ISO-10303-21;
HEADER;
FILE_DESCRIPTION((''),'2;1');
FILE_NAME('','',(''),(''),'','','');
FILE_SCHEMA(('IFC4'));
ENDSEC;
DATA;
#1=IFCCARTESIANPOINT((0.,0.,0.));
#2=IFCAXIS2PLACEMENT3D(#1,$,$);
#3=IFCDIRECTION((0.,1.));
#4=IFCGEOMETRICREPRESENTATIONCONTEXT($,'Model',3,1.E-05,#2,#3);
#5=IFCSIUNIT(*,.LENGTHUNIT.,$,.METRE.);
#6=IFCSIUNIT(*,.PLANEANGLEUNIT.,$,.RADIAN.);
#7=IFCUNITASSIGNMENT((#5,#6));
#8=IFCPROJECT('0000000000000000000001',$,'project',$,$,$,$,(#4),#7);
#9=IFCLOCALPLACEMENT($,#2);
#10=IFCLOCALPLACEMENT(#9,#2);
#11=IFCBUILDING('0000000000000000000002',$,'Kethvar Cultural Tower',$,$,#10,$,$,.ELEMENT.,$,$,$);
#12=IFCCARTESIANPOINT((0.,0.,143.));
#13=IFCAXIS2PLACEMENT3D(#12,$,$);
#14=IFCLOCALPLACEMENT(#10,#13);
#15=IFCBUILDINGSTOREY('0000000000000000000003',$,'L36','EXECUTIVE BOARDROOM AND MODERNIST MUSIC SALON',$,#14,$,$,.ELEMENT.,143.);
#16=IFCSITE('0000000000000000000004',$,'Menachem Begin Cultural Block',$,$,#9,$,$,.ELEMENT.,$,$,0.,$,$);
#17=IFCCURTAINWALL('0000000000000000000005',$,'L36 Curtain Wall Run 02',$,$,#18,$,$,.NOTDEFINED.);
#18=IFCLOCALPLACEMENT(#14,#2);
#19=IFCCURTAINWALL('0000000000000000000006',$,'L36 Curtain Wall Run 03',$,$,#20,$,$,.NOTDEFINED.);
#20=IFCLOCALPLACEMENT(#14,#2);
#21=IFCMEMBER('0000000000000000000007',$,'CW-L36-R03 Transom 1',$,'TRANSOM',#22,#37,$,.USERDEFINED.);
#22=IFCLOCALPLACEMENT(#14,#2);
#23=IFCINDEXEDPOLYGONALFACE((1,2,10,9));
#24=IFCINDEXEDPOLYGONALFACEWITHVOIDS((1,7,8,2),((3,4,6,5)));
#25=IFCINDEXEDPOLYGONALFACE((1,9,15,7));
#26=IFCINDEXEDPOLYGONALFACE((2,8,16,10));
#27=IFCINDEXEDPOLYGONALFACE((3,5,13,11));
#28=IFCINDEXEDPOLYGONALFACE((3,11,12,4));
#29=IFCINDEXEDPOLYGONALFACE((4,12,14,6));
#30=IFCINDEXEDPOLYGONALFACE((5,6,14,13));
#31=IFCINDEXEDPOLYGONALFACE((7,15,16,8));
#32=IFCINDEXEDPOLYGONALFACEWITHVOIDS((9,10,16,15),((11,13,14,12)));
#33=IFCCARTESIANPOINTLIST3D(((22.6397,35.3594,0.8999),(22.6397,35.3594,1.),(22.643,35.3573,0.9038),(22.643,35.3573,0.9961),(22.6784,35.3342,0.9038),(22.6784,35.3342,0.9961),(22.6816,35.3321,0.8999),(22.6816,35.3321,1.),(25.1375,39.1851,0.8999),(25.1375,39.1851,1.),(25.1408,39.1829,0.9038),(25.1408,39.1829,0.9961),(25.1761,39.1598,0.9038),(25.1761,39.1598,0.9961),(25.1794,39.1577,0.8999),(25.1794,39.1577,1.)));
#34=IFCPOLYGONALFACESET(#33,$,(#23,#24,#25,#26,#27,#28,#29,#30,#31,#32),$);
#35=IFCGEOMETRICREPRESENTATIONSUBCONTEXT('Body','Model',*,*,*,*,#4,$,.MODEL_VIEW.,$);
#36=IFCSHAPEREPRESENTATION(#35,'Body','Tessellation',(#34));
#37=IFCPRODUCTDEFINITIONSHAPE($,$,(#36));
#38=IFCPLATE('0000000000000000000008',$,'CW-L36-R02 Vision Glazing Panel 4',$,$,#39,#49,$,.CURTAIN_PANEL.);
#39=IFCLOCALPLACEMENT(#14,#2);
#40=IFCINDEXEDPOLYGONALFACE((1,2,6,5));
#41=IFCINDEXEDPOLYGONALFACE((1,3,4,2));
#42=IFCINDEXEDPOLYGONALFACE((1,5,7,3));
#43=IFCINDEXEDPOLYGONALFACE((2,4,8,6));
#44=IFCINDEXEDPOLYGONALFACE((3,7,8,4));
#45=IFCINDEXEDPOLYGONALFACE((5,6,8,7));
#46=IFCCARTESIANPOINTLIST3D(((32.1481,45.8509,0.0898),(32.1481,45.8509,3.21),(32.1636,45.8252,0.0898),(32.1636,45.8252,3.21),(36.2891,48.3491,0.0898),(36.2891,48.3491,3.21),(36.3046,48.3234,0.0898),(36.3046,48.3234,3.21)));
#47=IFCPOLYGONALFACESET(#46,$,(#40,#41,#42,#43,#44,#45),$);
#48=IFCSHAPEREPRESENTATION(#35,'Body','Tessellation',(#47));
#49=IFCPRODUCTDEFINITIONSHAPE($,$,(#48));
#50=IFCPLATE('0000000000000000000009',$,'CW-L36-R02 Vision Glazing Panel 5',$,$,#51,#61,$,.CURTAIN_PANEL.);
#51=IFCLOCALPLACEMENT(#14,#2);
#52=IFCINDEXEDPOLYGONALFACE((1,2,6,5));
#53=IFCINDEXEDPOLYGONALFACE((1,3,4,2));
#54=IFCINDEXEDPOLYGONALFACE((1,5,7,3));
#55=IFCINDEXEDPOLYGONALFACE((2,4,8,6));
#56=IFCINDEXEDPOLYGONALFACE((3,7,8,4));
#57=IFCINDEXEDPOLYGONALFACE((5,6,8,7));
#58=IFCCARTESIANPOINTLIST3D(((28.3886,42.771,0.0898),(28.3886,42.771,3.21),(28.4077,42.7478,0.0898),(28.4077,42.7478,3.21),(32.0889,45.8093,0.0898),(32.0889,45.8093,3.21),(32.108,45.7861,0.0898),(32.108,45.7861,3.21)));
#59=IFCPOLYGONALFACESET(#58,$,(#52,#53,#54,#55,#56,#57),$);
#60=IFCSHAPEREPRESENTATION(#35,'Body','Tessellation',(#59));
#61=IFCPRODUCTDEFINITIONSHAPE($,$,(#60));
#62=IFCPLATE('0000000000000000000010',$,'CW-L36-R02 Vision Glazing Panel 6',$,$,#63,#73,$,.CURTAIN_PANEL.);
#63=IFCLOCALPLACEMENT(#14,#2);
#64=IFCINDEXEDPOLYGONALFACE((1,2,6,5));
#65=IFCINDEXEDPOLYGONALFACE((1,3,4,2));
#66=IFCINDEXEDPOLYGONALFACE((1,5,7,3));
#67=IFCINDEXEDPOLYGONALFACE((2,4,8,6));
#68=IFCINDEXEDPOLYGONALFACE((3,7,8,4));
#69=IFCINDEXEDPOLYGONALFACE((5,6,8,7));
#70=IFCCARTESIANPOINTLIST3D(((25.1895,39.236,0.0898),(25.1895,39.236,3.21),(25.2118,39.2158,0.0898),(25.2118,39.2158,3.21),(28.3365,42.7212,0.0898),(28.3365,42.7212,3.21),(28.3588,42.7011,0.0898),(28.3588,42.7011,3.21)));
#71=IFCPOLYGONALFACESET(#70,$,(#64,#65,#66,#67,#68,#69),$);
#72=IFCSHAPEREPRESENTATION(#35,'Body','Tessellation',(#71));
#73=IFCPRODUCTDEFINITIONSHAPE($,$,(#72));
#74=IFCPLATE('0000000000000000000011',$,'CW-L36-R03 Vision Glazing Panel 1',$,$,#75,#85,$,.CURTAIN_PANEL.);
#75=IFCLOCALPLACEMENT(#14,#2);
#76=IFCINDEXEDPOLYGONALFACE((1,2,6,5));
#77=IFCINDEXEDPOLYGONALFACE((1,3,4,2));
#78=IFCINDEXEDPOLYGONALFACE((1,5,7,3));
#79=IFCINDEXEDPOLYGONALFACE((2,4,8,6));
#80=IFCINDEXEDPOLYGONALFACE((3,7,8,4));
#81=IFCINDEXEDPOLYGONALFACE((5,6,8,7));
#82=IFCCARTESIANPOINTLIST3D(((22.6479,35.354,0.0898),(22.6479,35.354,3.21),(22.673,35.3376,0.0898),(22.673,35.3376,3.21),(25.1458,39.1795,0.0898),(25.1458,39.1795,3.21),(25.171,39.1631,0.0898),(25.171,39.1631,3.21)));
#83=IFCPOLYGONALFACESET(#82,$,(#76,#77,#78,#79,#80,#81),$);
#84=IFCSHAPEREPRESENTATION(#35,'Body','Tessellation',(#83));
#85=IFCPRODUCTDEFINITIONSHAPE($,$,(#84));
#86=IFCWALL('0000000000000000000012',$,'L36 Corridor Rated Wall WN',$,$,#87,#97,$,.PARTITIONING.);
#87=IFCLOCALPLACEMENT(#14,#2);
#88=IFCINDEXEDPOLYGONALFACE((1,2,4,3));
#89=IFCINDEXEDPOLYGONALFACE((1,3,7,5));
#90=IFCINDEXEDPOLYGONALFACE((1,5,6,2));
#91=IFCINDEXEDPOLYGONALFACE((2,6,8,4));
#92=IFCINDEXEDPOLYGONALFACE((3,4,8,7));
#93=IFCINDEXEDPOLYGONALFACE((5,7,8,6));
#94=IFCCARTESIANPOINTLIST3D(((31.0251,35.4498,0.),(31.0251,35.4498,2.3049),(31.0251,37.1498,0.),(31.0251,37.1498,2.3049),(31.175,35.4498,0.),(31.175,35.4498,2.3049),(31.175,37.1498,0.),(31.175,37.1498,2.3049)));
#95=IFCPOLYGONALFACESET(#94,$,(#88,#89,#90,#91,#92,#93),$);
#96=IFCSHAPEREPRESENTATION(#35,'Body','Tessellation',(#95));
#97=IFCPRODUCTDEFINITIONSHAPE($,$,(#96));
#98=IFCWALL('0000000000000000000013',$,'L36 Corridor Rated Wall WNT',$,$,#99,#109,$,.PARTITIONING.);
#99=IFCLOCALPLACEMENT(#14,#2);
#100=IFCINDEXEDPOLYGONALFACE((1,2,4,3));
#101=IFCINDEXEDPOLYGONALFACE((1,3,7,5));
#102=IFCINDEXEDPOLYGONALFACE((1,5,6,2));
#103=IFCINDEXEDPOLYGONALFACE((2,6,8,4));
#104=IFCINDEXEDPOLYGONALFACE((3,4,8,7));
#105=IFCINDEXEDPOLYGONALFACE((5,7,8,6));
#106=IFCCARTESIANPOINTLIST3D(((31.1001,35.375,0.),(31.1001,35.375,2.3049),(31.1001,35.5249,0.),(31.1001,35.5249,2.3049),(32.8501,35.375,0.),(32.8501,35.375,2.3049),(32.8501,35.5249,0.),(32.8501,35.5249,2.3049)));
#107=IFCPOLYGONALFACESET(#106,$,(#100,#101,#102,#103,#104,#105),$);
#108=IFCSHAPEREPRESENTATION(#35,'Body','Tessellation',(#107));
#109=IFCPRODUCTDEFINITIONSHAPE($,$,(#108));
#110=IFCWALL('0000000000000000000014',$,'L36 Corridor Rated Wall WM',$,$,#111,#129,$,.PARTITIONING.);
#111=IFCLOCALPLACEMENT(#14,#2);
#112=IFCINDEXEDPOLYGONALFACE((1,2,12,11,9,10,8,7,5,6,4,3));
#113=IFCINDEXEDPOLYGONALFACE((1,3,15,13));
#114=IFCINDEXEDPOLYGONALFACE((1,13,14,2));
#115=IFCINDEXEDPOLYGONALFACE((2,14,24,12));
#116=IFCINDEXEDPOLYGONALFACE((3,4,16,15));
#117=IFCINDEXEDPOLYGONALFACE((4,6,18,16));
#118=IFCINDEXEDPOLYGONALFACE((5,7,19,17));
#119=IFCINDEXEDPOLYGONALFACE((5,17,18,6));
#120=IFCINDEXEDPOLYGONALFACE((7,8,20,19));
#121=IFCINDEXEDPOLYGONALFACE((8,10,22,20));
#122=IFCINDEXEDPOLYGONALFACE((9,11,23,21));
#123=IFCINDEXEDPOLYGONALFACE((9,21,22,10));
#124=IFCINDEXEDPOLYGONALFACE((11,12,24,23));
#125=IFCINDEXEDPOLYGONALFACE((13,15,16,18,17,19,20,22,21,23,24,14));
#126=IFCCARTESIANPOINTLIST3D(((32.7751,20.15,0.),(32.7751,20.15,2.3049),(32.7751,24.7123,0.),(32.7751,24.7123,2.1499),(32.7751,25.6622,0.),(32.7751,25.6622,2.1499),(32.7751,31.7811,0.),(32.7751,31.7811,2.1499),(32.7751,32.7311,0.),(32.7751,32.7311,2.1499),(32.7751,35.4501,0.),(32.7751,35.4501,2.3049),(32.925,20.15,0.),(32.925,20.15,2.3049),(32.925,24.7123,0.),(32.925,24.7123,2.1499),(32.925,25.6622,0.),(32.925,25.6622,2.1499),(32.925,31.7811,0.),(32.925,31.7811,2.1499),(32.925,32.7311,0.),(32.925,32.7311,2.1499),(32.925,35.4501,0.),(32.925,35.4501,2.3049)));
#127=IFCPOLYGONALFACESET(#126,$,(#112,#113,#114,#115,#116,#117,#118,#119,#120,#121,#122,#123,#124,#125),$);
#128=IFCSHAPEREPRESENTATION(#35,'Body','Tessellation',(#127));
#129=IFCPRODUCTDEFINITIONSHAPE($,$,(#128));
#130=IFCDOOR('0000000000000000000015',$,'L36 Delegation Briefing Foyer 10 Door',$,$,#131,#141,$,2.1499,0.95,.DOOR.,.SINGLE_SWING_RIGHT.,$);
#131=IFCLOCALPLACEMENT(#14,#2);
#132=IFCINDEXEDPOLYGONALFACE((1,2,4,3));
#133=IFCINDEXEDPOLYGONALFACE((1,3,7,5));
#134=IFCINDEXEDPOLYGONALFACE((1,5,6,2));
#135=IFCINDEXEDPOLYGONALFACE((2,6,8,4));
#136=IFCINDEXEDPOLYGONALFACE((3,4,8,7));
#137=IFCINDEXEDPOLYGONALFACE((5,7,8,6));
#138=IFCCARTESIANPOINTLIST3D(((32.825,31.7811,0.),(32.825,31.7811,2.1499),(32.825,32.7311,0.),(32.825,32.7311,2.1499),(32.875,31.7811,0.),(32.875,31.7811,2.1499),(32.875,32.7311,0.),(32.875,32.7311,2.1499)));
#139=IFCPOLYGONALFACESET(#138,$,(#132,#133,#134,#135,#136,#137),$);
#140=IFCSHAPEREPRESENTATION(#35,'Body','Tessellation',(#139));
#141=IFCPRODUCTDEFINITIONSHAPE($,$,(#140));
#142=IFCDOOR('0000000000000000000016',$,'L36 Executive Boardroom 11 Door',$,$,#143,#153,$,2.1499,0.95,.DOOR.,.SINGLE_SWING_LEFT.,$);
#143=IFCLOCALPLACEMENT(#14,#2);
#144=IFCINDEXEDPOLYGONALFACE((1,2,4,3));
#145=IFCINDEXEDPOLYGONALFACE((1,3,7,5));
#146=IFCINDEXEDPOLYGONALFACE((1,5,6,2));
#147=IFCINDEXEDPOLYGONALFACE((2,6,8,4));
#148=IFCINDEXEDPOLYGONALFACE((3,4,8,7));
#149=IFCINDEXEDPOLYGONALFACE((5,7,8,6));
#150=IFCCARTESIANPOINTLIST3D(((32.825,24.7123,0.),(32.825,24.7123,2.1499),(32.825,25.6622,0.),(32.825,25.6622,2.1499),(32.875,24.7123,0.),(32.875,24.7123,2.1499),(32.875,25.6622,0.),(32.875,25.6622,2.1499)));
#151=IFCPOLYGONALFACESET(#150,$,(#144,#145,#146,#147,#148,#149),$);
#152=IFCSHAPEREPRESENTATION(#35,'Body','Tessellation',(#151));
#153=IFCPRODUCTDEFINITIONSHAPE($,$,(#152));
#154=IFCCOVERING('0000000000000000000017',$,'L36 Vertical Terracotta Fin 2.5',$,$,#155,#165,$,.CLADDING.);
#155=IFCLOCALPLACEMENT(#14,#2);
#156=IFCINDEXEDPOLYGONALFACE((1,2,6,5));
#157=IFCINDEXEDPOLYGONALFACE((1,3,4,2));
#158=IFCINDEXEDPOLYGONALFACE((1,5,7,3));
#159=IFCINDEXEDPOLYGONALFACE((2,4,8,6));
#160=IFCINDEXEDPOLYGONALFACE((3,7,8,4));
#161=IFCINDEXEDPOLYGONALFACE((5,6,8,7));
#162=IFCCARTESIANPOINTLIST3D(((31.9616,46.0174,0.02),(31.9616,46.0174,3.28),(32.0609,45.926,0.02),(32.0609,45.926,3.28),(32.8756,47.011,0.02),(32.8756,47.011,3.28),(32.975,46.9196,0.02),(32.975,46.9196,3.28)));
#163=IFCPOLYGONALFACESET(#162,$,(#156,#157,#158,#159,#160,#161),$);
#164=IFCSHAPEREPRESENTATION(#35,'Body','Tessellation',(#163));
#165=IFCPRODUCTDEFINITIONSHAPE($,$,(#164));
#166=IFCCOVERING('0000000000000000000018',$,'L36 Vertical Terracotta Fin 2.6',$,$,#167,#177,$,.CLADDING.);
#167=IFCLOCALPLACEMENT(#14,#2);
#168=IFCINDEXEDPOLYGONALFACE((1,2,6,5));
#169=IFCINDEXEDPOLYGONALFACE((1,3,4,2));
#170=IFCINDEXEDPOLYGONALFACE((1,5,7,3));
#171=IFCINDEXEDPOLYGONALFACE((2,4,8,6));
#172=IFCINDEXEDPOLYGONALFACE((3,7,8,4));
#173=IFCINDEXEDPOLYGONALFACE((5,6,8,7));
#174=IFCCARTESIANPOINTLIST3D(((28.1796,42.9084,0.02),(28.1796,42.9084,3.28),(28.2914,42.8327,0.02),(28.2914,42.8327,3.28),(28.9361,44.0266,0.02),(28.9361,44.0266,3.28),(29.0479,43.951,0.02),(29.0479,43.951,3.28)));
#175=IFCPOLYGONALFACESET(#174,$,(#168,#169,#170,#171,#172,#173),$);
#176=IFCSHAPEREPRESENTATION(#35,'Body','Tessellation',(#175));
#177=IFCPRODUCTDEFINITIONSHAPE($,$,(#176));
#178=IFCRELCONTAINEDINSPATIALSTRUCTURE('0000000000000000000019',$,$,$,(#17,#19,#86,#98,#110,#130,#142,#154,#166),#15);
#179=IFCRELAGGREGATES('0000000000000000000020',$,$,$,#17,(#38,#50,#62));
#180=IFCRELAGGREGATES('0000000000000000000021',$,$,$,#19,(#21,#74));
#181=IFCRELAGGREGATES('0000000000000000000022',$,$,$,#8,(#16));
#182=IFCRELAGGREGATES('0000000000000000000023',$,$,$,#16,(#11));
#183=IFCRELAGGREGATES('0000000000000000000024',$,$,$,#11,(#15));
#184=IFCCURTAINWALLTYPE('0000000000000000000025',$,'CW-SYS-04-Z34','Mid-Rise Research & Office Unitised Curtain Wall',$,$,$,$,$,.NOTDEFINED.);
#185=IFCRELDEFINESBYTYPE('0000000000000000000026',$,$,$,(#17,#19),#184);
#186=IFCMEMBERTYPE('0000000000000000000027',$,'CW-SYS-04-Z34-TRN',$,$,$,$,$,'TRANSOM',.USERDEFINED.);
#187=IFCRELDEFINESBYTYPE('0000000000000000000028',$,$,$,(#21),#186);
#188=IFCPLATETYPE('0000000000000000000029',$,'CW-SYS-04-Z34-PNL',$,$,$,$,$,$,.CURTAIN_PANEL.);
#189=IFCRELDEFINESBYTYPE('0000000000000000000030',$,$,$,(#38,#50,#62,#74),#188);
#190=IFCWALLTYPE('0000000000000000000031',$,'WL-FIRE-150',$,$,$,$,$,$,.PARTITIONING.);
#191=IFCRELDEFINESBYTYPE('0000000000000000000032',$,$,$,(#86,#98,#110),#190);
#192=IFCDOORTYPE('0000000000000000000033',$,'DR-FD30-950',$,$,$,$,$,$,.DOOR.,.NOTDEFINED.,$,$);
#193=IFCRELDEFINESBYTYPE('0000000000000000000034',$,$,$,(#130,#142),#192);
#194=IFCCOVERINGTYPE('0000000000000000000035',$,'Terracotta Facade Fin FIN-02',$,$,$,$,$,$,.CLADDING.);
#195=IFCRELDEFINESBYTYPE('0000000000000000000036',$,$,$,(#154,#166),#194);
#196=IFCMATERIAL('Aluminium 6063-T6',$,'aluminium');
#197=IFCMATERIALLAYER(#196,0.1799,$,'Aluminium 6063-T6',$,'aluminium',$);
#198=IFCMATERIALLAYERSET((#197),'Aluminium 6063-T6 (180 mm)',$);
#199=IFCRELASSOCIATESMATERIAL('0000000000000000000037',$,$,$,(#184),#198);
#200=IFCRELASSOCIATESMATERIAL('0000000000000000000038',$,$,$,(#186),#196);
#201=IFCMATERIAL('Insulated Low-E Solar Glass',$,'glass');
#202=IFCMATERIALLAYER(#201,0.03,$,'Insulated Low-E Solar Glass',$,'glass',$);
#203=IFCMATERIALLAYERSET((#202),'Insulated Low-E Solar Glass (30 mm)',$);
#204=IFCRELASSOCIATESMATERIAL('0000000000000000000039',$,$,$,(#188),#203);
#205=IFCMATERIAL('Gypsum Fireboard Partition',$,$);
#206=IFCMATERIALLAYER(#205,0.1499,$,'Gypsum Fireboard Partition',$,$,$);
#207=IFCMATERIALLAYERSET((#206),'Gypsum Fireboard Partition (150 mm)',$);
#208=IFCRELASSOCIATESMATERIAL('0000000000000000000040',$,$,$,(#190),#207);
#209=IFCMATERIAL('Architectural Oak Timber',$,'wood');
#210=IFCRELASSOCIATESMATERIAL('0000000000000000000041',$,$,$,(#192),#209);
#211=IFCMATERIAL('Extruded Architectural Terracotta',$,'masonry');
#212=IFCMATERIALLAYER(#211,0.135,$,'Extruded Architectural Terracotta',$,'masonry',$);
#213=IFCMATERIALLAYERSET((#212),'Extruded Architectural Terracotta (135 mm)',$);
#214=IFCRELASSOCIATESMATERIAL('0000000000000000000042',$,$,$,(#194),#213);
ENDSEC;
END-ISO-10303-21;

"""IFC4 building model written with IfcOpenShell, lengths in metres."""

from ifc_helpers import new_model, si_unit, direction, frame, frame_2d, origin, origin_2d, place, context, subcontext, project, spatial, rectangle, hollow_rectangle, extrude, source, transform, mapped, material, layer, layer_set, material_profile, profile_set, type_object, element, fill, aggregate, save


model = new_model("IFC4")

# Units and contexts
model_context = context("Model", 3, precision=1e-05, world=origin(), true_north=direction((0.0, 1.0)))
body_context = subcontext(model_context, "Body", "Model", "MODEL_VIEW")
ifc_project = project(units=[si_unit("LENGTHUNIT", "METRE"), si_unit("PLANEANGLEUNIT", "RADIAN")], contexts=[model_context])

# Site, building, storey
site_placement = place(None, origin())
site = spatial("IfcSite", under=ifc_project, at=site_placement, Name="Menachem Begin Cultural Block", CompositionType="ELEMENT", RefElevation=0.0)
building_placement = place(site_placement, origin())
building = spatial("IfcBuilding", under=site, at=building_placement, Name="Kethvar Cultural Tower", CompositionType="ELEMENT")
storey_placement = place(building_placement, frame((0.0, 0.0, 143.0)))
storey = spatial("IfcBuildingStorey", under=building, at=storey_placement, Name="L36", Description="EXECUTIVE BOARDROOM AND MODERNIST MUSIC SALON", CompositionType="ELEMENT", Elevation=143.0)

# Curtain walls
ifc_material_1 = material(Name="Aluminium 6063-T6", Category="aluminium")
ifc_layer_1 = layer(ifc_material_1, 0.1799, Name="Aluminium 6063-T6", Category="aluminium")
ifc_layer_set_1 = layer_set([ifc_layer_1], Name="Aluminium 6063-T6 (180 mm)")
curtain_wall_type = type_object("IfcCurtainWallType", Name="CW-SYS-04-Z34", Description="Mid-Rise Research & Office Unitised Curtain Wall", PredefinedType="NOTDEFINED", material=ifc_layer_set_1)
curtain_wall_1_placement = place(storey_placement, origin())
curtain_wall_1 = element("IfcCurtainWall", 1, at=curtain_wall_1_placement, inside=storey, type_object=curtain_wall_type, Name="L36 Curtain Wall Run 02", PredefinedType="NOTDEFINED")
curtain_wall_2_placement = place(storey_placement, origin())
curtain_wall_2 = element("IfcCurtainWall", 2, at=curtain_wall_2_placement, inside=storey, type_object=curtain_wall_type, Name="L36 Curtain Wall Run 03", PredefinedType="NOTDEFINED")

# Member
ifc_material_profile_1 = material_profile(ifc_material_1, hollow_rectangle(XDim=0.05, YDim=0.1001, WallThickness=0.0039, at=origin_2d()), Name="Aluminium 6063-T6 — RHS100x50x4")
ifc_profile_set_1 = profile_set([ifc_material_profile_1], Name="Aluminium 6063-T6 — RHS100x50x4")
member_type_1 = type_object("IfcMemberType", Name="CW-SYS-04-Z34-TRN", ElementType="TRANSOM", PredefinedType="USERDEFINED", material=ifc_profile_set_1)
shared_shape_1 = source(origin(), body_context, "Body", "SweptSolid", [
    extrude(hollow_rectangle(XDim=0.05, YDim=0.1001, WallThickness=0.0039, at=origin_2d()), origin(), (0.0, 0.0, 1.0), 4.5688),
])
member_1_placement = place(storey_placement, frame((25.1584, 39.1714, 0.95), z_axis=(-0.546696, -0.837331, 0.0), x_axis=(0.837331, -0.546696, 0.0)))
member_1 = element("IfcMember", 3, at=member_1_placement, type_object=member_type_1, Name="CW-L36-R03 Transom 1", ObjectType="TRANSOM", PredefinedType="USERDEFINED", context=body_context, shape_type="MappedRepresentation", body=[
    mapped(shared_shape_1, transform((0.0, 0.0, 0.0), scale=1.0)),
])

# Plates
ifc_material_2 = material(Name="Insulated Low-E Solar Glass", Category="glass")
ifc_layer_2 = layer(ifc_material_2, 0.03, Name="Insulated Low-E Solar Glass", Category="glass")
ifc_layer_set_2 = layer_set([ifc_layer_2], Name="Insulated Low-E Solar Glass (30 mm)")
plate_type = type_object("IfcPlateType", Name="CW-SYS-04-Z34-PNL", PredefinedType="CURTAIN_PANEL", material=ifc_layer_set_2)
shared_shape_2 = source(origin(), body_context, "Body", "SweptSolid", [
    extrude(rectangle(XDim=4.8362, YDim=0.03, at=origin_2d()), origin(), (0.0, 0.0, 1.0), 3.1201),
])
plate_1_placement = place(storey_placement, frame((34.2263, 47.0872, 0.0898), z_axis=(0.0, 0.0, 1.0), x_axis=(-0.856249, -0.516563, 0.0)))
plate_1 = element("IfcPlate", 4, at=plate_1_placement, type_object=plate_type, Name="CW-L36-R02 Vision Glazing Panel 4", PredefinedType="CURTAIN_PANEL", context=body_context, shape_type="MappedRepresentation", body=[
    mapped(shared_shape_2, transform((0.0, 0.0, 0.0), scale=1.0)),
])
shared_shape_3 = source(origin(), body_context, "Body", "SweptSolid", [
    extrude(rectangle(XDim=4.7878, YDim=0.03, at=origin_2d()), origin(), (0.0, 0.0, 1.0), 3.1201),
])
plate_2_placement = place(storey_placement, frame((30.2483, 44.2786, 0.0898), z_axis=(0.0, 0.0, 1.0), x_axis=(-0.772855, -0.634582, 0.0)))
plate_2 = element("IfcPlate", 5, at=plate_2_placement, type_object=plate_type, Name="CW-L36-R02 Vision Glazing Panel 5", PredefinedType="CURTAIN_PANEL", context=body_context, shape_type="MappedRepresentation", body=[
    mapped(shared_shape_3, transform((0.0, 0.0, 0.0), scale=1.0)),
])
shared_shape_4 = source(origin(), body_context, "Body", "SweptSolid", [
    extrude(rectangle(XDim=4.6958, YDim=0.03, at=origin_2d()), origin(), (0.0, 0.0, 1.0), 3.1201),
])
plate_3_placement = place(storey_placement, frame((26.7742, 40.9685, 0.0898), z_axis=(0.0, 0.0, 1.0), x_axis=(-0.670181, -0.742198, 0.0)))
plate_3 = element("IfcPlate", 6, at=plate_3_placement, type_object=plate_type, Name="CW-L36-R02 Vision Glazing Panel 6", PredefinedType="CURTAIN_PANEL", context=body_context, shape_type="MappedRepresentation", body=[
    mapped(shared_shape_4, transform((0.0, 0.0, 0.0), scale=1.0)),
])
aggregate(curtain_wall_1, [plate_1, plate_2, plate_3])
shared_shape_5 = source(origin(), body_context, "Body", "SweptSolid", [
    extrude(rectangle(XDim=4.5688, YDim=0.03, at=origin_2d()), origin(), (0.0, 0.0, 1.0), 3.1201),
])
plate_4_placement = place(storey_placement, frame((23.9094, 37.2585, 0.0898), z_axis=(0.0, 0.0, 1.0), x_axis=(-0.546731, -0.837309, 0.0)))
plate_4 = element("IfcPlate", 7, at=plate_4_placement, type_object=plate_type, Name="CW-L36-R03 Vision Glazing Panel 1", PredefinedType="CURTAIN_PANEL", context=body_context, shape_type="MappedRepresentation", body=[
    mapped(shared_shape_5, transform((0.0, 0.0, 0.0), scale=1.0)),
])
aggregate(curtain_wall_2, [member_1, plate_4])

# Walls
ifc_material_3 = material(Name="Gypsum Fireboard Partition")
ifc_layer_3 = layer(ifc_material_3, 0.1499, Name="Gypsum Fireboard Partition")
ifc_layer_set_3 = layer_set([ifc_layer_3], Name="Gypsum Fireboard Partition (150 mm)")
wall_type = type_object("IfcWallType", Name="WL-FIRE-150", PredefinedType="PARTITIONING", material=ifc_layer_set_3)
wall_1_placement = place(storey_placement, frame((31.1001, 37.1499, 0.0), z_axis=(0.0, 0.0, 1.0), x_axis=(0.0, -1.0, 0.0)))
element("IfcWall", 8, at=wall_1_placement, inside=storey, type_object=wall_type, Name="L36 Corridor Rated Wall WN", PredefinedType="PARTITIONING", context=body_context, shape_type="SweptSolid", body=[
    extrude(rectangle(XDim=1.7, YDim=0.1499, at=frame_2d((0.8501, 0.0))), origin(), (0.0, 0.0, 1.0), 2.3049),
])
wall_2_placement = place(storey_placement, frame((31.1001, 35.45, 0.0), z_axis=(0.0, 0.0, 1.0), x_axis=(1.0, 0.0, 0.0)))
element("IfcWall", 9, at=wall_2_placement, inside=storey, type_object=wall_type, Name="L36 Corridor Rated Wall WNT", PredefinedType="PARTITIONING", context=body_context, shape_type="SweptSolid", body=[
    extrude(rectangle(XDim=1.75, YDim=0.1499, at=frame_2d((0.875, 0.0))), origin(), (0.0, 0.0, 1.0), 2.3049),
])

# Wall, openings, doors
wall_3_placement = place(storey_placement, frame((32.8501, 35.45, 0.0), z_axis=(0.0, 0.0, 1.0), x_axis=(0.0, -1.0, 0.0)))
wall_3 = element("IfcWall", 10, at=wall_3_placement, inside=storey, type_object=wall_type, Name="L36 Corridor Rated Wall WM", PredefinedType="PARTITIONING", context=body_context, shape_type="SweptSolid", body=[
    extrude(rectangle(XDim=15.3, YDim=0.1499, at=frame_2d((7.6499, 0.0))), origin(), (0.0, 0.0, 1.0), 2.3049),
])
opening_1_placement = place(wall_3_placement, frame((2.7188, 0.0, 0.0)))
opening_1 = element("IfcOpeningElement", 11, at=opening_1_placement, cuts=wall_3, PredefinedType="OPENING", context=body_context, shape_type="SweptSolid", body=[
    extrude(rectangle(XDim=0.95, YDim=2.1499, at=frame_2d((0.4751, 1.075))), frame((0.0, 0.085, 0.0), z_axis=(0.0, -1.0, 0.0), x_axis=(1.0, 0.0, 0.0)), (0.0, 0.0, 1.0), 0.1699),
])
opening_2_placement = place(wall_3_placement, frame((9.7876, 0.0, 0.0)))
opening_2 = element("IfcOpeningElement", 12, at=opening_2_placement, cuts=wall_3, PredefinedType="OPENING", context=body_context, shape_type="SweptSolid", body=[
    extrude(rectangle(XDim=0.95, YDim=2.1499, at=frame_2d((0.4751, 1.075))), frame((0.0, 0.085, 0.0), z_axis=(0.0, -1.0, 0.0), x_axis=(1.0, 0.0, 0.0)), (0.0, 0.0, 1.0), 0.1699),
])
ifc_material_4 = material(Name="Architectural Oak Timber", Category="wood")
door_type = type_object("IfcDoorType", Name="DR-FD30-950", OperationType="NOTDEFINED", PredefinedType="DOOR", material=ifc_material_4)
shared_shape_6 = source(origin(), body_context, "Body", "SweptSolid", [
    extrude(rectangle(XDim=0.95, YDim=2.1499, at=frame_2d((0.4751, 1.075))), frame((0.0, 0.0249, 0.0), z_axis=(0.0, -1.0, 0.0), x_axis=(1.0, 0.0, 0.0)), (0.0, 0.0, 1.0), 0.05),
])
door_1_placement = place(opening_1_placement, origin())
door_1 = element("IfcDoor", 13, at=door_1_placement, inside=storey, type_object=door_type, Name="L36 Delegation Briefing Foyer 10 Door", OperationType="SINGLE_SWING_RIGHT", OverallHeight=2.1499, OverallWidth=0.95, PredefinedType="DOOR", context=body_context, shape_type="MappedRepresentation", body=[
    mapped(shared_shape_6, transform((0.0, 0.0, 0.0), scale=1.0)),
])
fill(opening_1, door_1)
door_2_placement = place(opening_2_placement, origin())
door_2 = element("IfcDoor", 14, at=door_2_placement, inside=storey, type_object=door_type, Name="L36 Executive Boardroom 11 Door", OperationType="SINGLE_SWING_LEFT", OverallHeight=2.1499, OverallWidth=0.95, PredefinedType="DOOR", context=body_context, shape_type="MappedRepresentation", body=[
    mapped(shared_shape_6, transform((0.0, 0.0, 0.0), scale=1.0)),
])
fill(opening_2, door_2)

# Coverings
ifc_material_5 = material(Name="Extruded Architectural Terracotta", Category="masonry")
ifc_layer_4 = layer(ifc_material_5, 0.135, Name="Extruded Architectural Terracotta", Category="masonry")
ifc_layer_set_4 = layer_set([ifc_layer_4], Name="Extruded Architectural Terracotta (135 mm)")
covering_type = type_object("IfcCoveringType", Name="Terracotta Facade Fin FIN-02", PredefinedType="CLADDING", material=ifc_layer_set_4)
shared_shape_7 = source(origin(), body_context, "Body", "SweptSolid", [
    extrude(rectangle(XDim=1.3501, YDim=0.135, at=origin_2d()), origin(), (0.0, 0.0, 1.0), 3.26),
])
for number, where, z_axis, x_axis, name in (
    (15, (32.4683, 46.4685, 0.02), (0.0, 0.0, 1.0), (0.677004, 0.735979, 0.0), "L36 Vertical Terracotta Fin 2.5"),
    (16, (28.6138, 43.4297, 0.02), (0.0, 0.0, 1.0), (0.56035, 0.828256, 0.0), "L36 Vertical Terracotta Fin 2.6"),
):
    element("IfcCovering", number, at=place(storey_placement, frame(where, z_axis=z_axis, x_axis=x_axis)), inside=storey, type_object=covering_type, Name=name, PredefinedType="CLADDING", context=body_context, shape_type="MappedRepresentation", body=[
        mapped(shared_shape_7, transform((0.0, 0.0, 0.0), scale=1.0)),
    ])

save(model, "model.ifc")
